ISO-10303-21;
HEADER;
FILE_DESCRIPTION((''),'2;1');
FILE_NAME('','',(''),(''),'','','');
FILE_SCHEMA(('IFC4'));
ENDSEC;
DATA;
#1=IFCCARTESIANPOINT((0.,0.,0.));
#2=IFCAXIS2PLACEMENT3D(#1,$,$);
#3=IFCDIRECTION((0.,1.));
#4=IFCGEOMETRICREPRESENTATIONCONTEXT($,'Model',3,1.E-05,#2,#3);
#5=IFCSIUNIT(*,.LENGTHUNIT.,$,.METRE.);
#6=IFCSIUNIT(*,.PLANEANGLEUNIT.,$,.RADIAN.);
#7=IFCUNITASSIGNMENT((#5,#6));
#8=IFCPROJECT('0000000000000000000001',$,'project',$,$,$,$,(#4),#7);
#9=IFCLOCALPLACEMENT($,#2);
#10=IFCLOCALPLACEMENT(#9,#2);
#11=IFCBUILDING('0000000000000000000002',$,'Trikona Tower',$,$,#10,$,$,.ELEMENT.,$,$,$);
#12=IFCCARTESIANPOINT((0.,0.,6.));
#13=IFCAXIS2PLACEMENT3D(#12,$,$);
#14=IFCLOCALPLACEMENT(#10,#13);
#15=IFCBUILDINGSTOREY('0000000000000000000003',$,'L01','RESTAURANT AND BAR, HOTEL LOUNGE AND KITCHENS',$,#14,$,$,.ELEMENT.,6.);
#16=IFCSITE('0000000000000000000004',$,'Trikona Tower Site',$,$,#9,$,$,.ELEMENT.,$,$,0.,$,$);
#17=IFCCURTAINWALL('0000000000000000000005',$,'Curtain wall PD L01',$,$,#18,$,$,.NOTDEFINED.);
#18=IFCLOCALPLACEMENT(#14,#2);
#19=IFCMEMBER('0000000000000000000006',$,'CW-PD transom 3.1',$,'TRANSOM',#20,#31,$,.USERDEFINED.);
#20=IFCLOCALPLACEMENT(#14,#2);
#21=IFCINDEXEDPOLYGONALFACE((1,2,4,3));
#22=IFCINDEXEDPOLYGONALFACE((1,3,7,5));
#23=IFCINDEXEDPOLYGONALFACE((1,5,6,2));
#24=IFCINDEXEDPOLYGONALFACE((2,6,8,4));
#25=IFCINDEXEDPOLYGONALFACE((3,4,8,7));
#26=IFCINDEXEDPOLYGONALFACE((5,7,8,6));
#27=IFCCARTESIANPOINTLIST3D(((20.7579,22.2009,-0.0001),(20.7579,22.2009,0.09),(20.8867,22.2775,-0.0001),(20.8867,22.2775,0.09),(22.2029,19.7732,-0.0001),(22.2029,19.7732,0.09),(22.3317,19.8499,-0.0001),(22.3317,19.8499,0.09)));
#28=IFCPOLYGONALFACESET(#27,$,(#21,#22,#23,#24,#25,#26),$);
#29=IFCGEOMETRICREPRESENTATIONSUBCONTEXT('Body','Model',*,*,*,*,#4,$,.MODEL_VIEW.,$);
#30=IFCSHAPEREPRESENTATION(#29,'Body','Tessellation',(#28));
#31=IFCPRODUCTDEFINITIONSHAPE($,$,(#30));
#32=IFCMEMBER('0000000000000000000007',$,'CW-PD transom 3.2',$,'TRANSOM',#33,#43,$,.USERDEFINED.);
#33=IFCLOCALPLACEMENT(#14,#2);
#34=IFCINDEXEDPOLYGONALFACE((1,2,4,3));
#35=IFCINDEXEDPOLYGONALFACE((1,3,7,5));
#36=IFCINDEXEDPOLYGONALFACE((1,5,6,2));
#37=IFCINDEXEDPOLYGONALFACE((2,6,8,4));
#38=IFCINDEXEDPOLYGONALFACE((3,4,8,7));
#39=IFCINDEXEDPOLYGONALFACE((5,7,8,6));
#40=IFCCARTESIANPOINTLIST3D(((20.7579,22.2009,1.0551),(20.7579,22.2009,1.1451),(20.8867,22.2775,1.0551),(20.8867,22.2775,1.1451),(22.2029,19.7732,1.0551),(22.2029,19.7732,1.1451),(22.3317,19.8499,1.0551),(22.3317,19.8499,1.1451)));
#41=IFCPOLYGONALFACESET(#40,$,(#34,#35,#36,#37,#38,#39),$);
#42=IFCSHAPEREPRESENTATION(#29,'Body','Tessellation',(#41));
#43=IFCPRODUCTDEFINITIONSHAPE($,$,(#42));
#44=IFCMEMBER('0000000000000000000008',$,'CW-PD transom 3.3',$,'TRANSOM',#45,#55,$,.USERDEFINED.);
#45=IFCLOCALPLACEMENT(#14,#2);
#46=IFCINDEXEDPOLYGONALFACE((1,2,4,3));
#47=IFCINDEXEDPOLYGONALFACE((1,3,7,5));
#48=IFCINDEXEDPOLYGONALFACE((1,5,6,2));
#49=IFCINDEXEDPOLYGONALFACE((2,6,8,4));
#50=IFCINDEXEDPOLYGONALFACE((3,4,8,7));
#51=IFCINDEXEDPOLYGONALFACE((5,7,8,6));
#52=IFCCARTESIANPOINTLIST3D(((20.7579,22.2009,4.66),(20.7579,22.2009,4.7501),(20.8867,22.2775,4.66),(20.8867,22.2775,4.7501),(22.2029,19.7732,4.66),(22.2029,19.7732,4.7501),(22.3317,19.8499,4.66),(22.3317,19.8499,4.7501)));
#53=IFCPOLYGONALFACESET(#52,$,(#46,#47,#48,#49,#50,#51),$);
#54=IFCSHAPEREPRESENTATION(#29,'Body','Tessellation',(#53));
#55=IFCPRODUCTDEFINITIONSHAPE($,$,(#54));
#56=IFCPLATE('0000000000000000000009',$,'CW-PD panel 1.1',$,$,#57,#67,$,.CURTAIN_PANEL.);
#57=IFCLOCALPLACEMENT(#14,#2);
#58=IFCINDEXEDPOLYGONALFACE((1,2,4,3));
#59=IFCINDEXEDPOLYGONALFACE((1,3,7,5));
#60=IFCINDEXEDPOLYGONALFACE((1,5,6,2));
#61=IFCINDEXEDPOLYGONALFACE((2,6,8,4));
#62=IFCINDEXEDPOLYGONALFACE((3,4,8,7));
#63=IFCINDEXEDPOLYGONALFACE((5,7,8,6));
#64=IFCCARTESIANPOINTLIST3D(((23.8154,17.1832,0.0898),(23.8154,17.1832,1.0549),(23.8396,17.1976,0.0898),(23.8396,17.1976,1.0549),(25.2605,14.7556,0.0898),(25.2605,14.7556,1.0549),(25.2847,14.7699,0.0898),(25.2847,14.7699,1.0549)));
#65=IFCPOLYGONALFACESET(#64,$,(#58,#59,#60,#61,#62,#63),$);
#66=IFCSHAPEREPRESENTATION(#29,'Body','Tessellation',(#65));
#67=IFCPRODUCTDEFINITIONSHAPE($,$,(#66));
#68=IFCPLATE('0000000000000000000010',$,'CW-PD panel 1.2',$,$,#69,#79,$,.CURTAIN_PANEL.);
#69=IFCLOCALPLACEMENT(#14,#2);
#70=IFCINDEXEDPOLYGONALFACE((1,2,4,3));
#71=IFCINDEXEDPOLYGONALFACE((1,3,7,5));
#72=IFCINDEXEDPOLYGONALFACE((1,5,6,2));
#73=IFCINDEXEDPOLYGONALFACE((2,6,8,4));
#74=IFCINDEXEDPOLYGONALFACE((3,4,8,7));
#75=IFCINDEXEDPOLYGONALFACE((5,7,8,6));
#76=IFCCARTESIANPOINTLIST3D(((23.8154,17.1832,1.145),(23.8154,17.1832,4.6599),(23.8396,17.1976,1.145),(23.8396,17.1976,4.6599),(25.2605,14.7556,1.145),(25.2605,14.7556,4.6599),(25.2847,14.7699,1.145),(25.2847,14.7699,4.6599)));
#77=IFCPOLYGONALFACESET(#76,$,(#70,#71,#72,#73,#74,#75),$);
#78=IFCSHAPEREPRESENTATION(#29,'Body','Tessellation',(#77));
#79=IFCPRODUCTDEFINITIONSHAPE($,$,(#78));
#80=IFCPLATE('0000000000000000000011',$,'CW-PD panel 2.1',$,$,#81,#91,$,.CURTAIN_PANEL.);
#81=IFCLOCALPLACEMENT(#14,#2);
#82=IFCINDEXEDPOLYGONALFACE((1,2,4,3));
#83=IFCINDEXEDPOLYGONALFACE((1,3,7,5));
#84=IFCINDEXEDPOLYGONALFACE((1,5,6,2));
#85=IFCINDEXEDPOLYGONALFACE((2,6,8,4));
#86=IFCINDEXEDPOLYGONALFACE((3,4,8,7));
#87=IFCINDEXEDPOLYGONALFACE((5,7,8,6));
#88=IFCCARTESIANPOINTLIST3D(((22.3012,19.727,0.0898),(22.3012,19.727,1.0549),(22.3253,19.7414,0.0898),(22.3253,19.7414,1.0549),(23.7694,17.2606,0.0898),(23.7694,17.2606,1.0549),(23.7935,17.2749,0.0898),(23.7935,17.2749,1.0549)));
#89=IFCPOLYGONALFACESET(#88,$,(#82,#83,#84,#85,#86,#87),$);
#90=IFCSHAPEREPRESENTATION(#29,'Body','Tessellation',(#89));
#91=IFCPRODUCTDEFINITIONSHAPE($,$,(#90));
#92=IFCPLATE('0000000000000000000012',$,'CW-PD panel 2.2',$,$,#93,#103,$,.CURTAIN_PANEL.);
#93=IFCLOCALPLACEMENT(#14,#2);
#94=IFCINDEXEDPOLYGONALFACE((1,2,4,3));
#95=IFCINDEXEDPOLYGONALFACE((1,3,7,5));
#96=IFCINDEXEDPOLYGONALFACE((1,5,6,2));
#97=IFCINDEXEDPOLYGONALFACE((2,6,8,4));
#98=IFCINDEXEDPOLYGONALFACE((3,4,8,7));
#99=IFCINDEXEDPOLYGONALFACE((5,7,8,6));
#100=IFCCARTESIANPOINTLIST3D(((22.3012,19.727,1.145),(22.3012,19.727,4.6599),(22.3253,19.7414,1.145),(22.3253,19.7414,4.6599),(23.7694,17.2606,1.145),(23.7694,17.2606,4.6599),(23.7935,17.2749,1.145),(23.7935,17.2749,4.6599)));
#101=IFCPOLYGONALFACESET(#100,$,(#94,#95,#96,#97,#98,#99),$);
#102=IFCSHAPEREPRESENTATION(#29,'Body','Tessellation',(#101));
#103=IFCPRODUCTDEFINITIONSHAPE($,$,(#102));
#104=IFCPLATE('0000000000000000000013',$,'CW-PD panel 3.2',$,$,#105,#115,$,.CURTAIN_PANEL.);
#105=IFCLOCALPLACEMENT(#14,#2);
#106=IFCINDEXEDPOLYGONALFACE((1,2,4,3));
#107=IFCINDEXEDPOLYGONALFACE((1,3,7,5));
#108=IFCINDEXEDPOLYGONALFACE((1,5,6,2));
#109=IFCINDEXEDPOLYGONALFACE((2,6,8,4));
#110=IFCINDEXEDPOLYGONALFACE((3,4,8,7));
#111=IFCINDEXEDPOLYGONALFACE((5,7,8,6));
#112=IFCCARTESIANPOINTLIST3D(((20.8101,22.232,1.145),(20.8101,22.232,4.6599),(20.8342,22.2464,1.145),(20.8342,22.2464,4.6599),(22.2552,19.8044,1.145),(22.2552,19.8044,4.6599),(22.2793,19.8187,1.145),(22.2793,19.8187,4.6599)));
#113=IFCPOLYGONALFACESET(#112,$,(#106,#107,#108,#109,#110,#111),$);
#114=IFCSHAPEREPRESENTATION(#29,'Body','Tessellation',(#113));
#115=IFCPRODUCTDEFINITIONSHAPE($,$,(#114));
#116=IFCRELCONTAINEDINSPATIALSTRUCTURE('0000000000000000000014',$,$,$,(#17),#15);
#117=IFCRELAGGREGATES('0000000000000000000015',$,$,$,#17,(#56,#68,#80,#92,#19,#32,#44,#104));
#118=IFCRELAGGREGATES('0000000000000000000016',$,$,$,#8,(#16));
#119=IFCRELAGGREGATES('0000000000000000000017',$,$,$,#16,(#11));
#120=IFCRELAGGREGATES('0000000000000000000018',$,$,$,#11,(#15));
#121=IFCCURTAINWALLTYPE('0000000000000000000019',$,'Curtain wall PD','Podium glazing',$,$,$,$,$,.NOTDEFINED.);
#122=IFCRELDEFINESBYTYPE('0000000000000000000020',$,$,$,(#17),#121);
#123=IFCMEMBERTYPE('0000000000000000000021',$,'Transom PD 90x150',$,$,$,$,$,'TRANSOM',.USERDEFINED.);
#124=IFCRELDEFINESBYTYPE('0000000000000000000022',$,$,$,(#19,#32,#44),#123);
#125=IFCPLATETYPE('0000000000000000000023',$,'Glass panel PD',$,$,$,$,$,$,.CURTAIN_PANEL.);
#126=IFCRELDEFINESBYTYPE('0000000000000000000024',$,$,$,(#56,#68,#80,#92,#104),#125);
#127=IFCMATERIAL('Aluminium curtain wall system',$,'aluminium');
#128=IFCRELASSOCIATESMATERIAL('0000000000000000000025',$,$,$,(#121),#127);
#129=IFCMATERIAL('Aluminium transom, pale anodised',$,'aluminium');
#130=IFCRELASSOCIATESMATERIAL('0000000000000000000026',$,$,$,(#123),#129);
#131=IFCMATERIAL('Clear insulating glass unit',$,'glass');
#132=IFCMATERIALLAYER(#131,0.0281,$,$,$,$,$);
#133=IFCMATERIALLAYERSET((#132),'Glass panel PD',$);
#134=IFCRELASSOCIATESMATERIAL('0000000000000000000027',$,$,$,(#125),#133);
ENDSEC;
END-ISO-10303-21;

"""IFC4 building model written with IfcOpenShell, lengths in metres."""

from ifc_helpers import new_model, si_unit, direction, frame, origin, origin_2d, place, context, subcontext, project, spatial, rectangle, extrude, material, layer, layer_set, material_profile, profile_set, type_object, element, aggregate, save


model = new_model("IFC4")

# Units and contexts
model_context = context("Model", 3, precision=1e-05, world=origin(), true_north=direction((0.0, 1.0)))
body_context = subcontext(model_context, "Body", "Model", "MODEL_VIEW")
ifc_project = project(units=[si_unit("LENGTHUNIT", "METRE"), si_unit("PLANEANGLEUNIT", "RADIAN")], contexts=[model_context])

# Site, building, storey
site_placement = place(None, origin())
site = spatial("IfcSite", under=ifc_project, at=site_placement, Name="Trikona Tower Site", CompositionType="ELEMENT", RefElevation=0.0)
building_placement = place(site_placement, origin())
building = spatial("IfcBuilding", under=site, at=building_placement, Name="Trikona Tower", CompositionType="ELEMENT")
storey_placement = place(building_placement, frame((0.0, 0.0, 6.0)))
storey = spatial("IfcBuildingStorey", under=building, at=storey_placement, Name="L01", Description="RESTAURANT AND BAR, HOTEL LOUNGE AND KITCHENS", CompositionType="ELEMENT", Elevation=6.0)

# Shared definitions
ifc_material_1 = material(Name="Aluminium curtain wall system", Category="aluminium")
curtain_wall_type = type_object("IfcCurtainWallType", Name="Curtain wall PD", Description="Podium glazing", PredefinedType="NOTDEFINED", material=ifc_material_1)

# Curtain wall
curtain_wall_1_placement = place(storey_placement, origin())
curtain_wall_1 = element("IfcCurtainWall", 1, at=curtain_wall_1_placement, inside=storey, type_object=curtain_wall_type, Name="Curtain wall PD L01", PredefinedType="NOTDEFINED")

# Members
ifc_material_2 = material(Name="Aluminium transom, pale anodised", Category="aluminium")
ifc_material_profile_1 = material_profile(ifc_material_2, rectangle(XDim=0.1499, YDim=0.0901, at=origin_2d()), Name="TRN-PD")
ifc_profile_set_1 = profile_set([ifc_material_profile_1], Name="Aluminium transom, pale anodised")
member_type_1 = type_object("IfcMemberType", Name="Transom PD 90x150", ElementType="TRANSOM", PredefinedType="USERDEFINED", material=ifc_profile_set_1)
member_1_placement = place(storey_placement, frame((22.2673, 19.8115, 0.0449), z_axis=(-0.511481, 0.859295, 0.0), x_axis=(-0.859295, -0.511481, 0.0)))
member_1 = element("IfcMember", 2, at=member_1_placement, type_object=member_type_1, Name="CW-PD transom 3.1", ObjectType="TRANSOM", PredefinedType="USERDEFINED", context=body_context, shape_type="SweptSolid", body=[
    extrude(rectangle(XDim=0.1499, YDim=0.0901, at=origin_2d()), origin(), (0.0, 0.0, 1.0), 2.8252),
])
member_2_placement = place(storey_placement, frame((22.2673, 19.8115, 1.1001), z_axis=(-0.511481, 0.859295, 0.0), x_axis=(-0.859295, -0.511481, 0.0)))
member_2 = element("IfcMember", 3, at=member_2_placement, type_object=member_type_1, Name="CW-PD transom 3.2", ObjectType="TRANSOM", PredefinedType="USERDEFINED", context=body_context, shape_type="SweptSolid", body=[
    extrude(rectangle(XDim=0.1499, YDim=0.0901, at=origin_2d()), origin(), (0.0, 0.0, 1.0), 2.8252),
])
member_3_placement = place(storey_placement, frame((22.2673, 19.8115, 4.7051), z_axis=(-0.511481, 0.859295, 0.0), x_axis=(-0.859295, -0.511481, 0.0)))
member_3 = element("IfcMember", 4, at=member_3_placement, type_object=member_type_1, Name="CW-PD transom 3.3", ObjectType="TRANSOM", PredefinedType="USERDEFINED", context=body_context, shape_type="SweptSolid", body=[
    extrude(rectangle(XDim=0.1499, YDim=0.0901, at=origin_2d()), origin(), (0.0, 0.0, 1.0), 2.8252),
])

# Plates
ifc_material_3 = material(Name="Clear insulating glass unit", Category="glass")
ifc_layer = layer(ifc_material_3, 0.0281)
ifc_layer_set = layer_set([ifc_layer], Name="Glass panel PD")
plate_type = type_object("IfcPlateType", Name="Glass panel PD", PredefinedType="CURTAIN_PANEL", material=ifc_layer_set)
plate_1_placement = place(storey_placement, frame((24.55, 15.9766, 0.0898), z_axis=(0.0, 0.0, 1.0), x_axis=(-0.511499, 0.859284, 0.0)))
plate_1 = element("IfcPlate", 5, at=plate_1_placement, type_object=plate_type, Name="CW-PD panel 1.1", PredefinedType="CURTAIN_PANEL", context=body_context, shape_type="SweptSolid", body=[
    extrude(rectangle(XDim=2.8252, YDim=0.0281, at=origin_2d()), origin(), (0.0, 0.0, 1.0), 0.9651),
])
plate_2_placement = place(storey_placement, frame((24.55, 15.9766, 1.145), z_axis=(0.0, 0.0, 1.0), x_axis=(-0.511499, 0.859284, 0.0)))
plate_2 = element("IfcPlate", 6, at=plate_2_placement, type_object=plate_type, Name="CW-PD panel 1.2", PredefinedType="CURTAIN_PANEL", context=body_context, shape_type="SweptSolid", body=[
    extrude(rectangle(XDim=2.8252, YDim=0.0281, at=origin_2d()), origin(), (0.0, 0.0, 1.0), 3.5149),
])
plate_3_placement = place(storey_placement, frame((23.0474, 18.501, 0.0898), z_axis=(0.0, 0.0, 1.0), x_axis=(-0.511499, 0.859284, 0.0)))
plate_3 = element("IfcPlate", 7, at=plate_3_placement, type_object=plate_type, Name="CW-PD panel 2.1", PredefinedType="CURTAIN_PANEL", context=body_context, shape_type="SweptSolid", body=[
    extrude(rectangle(XDim=2.8704, YDim=0.0281, at=origin_2d()), origin(), (0.0, 0.0, 1.0), 0.9651),
])
plate_4_placement = place(storey_placement, frame((23.0474, 18.501, 1.145), z_axis=(0.0, 0.0, 1.0), x_axis=(-0.511499, 0.859284, 0.0)))
plate_4 = element("IfcPlate", 8, at=plate_4_placement, type_object=plate_type, Name="CW-PD panel 2.2", PredefinedType="CURTAIN_PANEL", context=body_context, shape_type="SweptSolid", body=[
    extrude(rectangle(XDim=2.8704, YDim=0.0281, at=origin_2d()), origin(), (0.0, 0.0, 1.0), 3.5149),
])
plate_5_placement = place(storey_placement, frame((21.5447, 21.0254, 1.145), z_axis=(0.0, 0.0, 1.0), x_axis=(-0.511499, 0.859284, 0.0)))
plate_5 = element("IfcPlate", 9, at=plate_5_placement, type_object=plate_type, Name="CW-PD panel 3.2", PredefinedType="CURTAIN_PANEL", context=body_context, shape_type="SweptSolid", body=[
    extrude(rectangle(XDim=2.8252, YDim=0.0281, at=origin_2d()), origin(), (0.0, 0.0, 1.0), 3.5149),
])
aggregate(curtain_wall_1, [plate_1, plate_2, plate_3, plate_4, member_1, member_2, member_3, plate_5])

save(model, "model.ifc")
